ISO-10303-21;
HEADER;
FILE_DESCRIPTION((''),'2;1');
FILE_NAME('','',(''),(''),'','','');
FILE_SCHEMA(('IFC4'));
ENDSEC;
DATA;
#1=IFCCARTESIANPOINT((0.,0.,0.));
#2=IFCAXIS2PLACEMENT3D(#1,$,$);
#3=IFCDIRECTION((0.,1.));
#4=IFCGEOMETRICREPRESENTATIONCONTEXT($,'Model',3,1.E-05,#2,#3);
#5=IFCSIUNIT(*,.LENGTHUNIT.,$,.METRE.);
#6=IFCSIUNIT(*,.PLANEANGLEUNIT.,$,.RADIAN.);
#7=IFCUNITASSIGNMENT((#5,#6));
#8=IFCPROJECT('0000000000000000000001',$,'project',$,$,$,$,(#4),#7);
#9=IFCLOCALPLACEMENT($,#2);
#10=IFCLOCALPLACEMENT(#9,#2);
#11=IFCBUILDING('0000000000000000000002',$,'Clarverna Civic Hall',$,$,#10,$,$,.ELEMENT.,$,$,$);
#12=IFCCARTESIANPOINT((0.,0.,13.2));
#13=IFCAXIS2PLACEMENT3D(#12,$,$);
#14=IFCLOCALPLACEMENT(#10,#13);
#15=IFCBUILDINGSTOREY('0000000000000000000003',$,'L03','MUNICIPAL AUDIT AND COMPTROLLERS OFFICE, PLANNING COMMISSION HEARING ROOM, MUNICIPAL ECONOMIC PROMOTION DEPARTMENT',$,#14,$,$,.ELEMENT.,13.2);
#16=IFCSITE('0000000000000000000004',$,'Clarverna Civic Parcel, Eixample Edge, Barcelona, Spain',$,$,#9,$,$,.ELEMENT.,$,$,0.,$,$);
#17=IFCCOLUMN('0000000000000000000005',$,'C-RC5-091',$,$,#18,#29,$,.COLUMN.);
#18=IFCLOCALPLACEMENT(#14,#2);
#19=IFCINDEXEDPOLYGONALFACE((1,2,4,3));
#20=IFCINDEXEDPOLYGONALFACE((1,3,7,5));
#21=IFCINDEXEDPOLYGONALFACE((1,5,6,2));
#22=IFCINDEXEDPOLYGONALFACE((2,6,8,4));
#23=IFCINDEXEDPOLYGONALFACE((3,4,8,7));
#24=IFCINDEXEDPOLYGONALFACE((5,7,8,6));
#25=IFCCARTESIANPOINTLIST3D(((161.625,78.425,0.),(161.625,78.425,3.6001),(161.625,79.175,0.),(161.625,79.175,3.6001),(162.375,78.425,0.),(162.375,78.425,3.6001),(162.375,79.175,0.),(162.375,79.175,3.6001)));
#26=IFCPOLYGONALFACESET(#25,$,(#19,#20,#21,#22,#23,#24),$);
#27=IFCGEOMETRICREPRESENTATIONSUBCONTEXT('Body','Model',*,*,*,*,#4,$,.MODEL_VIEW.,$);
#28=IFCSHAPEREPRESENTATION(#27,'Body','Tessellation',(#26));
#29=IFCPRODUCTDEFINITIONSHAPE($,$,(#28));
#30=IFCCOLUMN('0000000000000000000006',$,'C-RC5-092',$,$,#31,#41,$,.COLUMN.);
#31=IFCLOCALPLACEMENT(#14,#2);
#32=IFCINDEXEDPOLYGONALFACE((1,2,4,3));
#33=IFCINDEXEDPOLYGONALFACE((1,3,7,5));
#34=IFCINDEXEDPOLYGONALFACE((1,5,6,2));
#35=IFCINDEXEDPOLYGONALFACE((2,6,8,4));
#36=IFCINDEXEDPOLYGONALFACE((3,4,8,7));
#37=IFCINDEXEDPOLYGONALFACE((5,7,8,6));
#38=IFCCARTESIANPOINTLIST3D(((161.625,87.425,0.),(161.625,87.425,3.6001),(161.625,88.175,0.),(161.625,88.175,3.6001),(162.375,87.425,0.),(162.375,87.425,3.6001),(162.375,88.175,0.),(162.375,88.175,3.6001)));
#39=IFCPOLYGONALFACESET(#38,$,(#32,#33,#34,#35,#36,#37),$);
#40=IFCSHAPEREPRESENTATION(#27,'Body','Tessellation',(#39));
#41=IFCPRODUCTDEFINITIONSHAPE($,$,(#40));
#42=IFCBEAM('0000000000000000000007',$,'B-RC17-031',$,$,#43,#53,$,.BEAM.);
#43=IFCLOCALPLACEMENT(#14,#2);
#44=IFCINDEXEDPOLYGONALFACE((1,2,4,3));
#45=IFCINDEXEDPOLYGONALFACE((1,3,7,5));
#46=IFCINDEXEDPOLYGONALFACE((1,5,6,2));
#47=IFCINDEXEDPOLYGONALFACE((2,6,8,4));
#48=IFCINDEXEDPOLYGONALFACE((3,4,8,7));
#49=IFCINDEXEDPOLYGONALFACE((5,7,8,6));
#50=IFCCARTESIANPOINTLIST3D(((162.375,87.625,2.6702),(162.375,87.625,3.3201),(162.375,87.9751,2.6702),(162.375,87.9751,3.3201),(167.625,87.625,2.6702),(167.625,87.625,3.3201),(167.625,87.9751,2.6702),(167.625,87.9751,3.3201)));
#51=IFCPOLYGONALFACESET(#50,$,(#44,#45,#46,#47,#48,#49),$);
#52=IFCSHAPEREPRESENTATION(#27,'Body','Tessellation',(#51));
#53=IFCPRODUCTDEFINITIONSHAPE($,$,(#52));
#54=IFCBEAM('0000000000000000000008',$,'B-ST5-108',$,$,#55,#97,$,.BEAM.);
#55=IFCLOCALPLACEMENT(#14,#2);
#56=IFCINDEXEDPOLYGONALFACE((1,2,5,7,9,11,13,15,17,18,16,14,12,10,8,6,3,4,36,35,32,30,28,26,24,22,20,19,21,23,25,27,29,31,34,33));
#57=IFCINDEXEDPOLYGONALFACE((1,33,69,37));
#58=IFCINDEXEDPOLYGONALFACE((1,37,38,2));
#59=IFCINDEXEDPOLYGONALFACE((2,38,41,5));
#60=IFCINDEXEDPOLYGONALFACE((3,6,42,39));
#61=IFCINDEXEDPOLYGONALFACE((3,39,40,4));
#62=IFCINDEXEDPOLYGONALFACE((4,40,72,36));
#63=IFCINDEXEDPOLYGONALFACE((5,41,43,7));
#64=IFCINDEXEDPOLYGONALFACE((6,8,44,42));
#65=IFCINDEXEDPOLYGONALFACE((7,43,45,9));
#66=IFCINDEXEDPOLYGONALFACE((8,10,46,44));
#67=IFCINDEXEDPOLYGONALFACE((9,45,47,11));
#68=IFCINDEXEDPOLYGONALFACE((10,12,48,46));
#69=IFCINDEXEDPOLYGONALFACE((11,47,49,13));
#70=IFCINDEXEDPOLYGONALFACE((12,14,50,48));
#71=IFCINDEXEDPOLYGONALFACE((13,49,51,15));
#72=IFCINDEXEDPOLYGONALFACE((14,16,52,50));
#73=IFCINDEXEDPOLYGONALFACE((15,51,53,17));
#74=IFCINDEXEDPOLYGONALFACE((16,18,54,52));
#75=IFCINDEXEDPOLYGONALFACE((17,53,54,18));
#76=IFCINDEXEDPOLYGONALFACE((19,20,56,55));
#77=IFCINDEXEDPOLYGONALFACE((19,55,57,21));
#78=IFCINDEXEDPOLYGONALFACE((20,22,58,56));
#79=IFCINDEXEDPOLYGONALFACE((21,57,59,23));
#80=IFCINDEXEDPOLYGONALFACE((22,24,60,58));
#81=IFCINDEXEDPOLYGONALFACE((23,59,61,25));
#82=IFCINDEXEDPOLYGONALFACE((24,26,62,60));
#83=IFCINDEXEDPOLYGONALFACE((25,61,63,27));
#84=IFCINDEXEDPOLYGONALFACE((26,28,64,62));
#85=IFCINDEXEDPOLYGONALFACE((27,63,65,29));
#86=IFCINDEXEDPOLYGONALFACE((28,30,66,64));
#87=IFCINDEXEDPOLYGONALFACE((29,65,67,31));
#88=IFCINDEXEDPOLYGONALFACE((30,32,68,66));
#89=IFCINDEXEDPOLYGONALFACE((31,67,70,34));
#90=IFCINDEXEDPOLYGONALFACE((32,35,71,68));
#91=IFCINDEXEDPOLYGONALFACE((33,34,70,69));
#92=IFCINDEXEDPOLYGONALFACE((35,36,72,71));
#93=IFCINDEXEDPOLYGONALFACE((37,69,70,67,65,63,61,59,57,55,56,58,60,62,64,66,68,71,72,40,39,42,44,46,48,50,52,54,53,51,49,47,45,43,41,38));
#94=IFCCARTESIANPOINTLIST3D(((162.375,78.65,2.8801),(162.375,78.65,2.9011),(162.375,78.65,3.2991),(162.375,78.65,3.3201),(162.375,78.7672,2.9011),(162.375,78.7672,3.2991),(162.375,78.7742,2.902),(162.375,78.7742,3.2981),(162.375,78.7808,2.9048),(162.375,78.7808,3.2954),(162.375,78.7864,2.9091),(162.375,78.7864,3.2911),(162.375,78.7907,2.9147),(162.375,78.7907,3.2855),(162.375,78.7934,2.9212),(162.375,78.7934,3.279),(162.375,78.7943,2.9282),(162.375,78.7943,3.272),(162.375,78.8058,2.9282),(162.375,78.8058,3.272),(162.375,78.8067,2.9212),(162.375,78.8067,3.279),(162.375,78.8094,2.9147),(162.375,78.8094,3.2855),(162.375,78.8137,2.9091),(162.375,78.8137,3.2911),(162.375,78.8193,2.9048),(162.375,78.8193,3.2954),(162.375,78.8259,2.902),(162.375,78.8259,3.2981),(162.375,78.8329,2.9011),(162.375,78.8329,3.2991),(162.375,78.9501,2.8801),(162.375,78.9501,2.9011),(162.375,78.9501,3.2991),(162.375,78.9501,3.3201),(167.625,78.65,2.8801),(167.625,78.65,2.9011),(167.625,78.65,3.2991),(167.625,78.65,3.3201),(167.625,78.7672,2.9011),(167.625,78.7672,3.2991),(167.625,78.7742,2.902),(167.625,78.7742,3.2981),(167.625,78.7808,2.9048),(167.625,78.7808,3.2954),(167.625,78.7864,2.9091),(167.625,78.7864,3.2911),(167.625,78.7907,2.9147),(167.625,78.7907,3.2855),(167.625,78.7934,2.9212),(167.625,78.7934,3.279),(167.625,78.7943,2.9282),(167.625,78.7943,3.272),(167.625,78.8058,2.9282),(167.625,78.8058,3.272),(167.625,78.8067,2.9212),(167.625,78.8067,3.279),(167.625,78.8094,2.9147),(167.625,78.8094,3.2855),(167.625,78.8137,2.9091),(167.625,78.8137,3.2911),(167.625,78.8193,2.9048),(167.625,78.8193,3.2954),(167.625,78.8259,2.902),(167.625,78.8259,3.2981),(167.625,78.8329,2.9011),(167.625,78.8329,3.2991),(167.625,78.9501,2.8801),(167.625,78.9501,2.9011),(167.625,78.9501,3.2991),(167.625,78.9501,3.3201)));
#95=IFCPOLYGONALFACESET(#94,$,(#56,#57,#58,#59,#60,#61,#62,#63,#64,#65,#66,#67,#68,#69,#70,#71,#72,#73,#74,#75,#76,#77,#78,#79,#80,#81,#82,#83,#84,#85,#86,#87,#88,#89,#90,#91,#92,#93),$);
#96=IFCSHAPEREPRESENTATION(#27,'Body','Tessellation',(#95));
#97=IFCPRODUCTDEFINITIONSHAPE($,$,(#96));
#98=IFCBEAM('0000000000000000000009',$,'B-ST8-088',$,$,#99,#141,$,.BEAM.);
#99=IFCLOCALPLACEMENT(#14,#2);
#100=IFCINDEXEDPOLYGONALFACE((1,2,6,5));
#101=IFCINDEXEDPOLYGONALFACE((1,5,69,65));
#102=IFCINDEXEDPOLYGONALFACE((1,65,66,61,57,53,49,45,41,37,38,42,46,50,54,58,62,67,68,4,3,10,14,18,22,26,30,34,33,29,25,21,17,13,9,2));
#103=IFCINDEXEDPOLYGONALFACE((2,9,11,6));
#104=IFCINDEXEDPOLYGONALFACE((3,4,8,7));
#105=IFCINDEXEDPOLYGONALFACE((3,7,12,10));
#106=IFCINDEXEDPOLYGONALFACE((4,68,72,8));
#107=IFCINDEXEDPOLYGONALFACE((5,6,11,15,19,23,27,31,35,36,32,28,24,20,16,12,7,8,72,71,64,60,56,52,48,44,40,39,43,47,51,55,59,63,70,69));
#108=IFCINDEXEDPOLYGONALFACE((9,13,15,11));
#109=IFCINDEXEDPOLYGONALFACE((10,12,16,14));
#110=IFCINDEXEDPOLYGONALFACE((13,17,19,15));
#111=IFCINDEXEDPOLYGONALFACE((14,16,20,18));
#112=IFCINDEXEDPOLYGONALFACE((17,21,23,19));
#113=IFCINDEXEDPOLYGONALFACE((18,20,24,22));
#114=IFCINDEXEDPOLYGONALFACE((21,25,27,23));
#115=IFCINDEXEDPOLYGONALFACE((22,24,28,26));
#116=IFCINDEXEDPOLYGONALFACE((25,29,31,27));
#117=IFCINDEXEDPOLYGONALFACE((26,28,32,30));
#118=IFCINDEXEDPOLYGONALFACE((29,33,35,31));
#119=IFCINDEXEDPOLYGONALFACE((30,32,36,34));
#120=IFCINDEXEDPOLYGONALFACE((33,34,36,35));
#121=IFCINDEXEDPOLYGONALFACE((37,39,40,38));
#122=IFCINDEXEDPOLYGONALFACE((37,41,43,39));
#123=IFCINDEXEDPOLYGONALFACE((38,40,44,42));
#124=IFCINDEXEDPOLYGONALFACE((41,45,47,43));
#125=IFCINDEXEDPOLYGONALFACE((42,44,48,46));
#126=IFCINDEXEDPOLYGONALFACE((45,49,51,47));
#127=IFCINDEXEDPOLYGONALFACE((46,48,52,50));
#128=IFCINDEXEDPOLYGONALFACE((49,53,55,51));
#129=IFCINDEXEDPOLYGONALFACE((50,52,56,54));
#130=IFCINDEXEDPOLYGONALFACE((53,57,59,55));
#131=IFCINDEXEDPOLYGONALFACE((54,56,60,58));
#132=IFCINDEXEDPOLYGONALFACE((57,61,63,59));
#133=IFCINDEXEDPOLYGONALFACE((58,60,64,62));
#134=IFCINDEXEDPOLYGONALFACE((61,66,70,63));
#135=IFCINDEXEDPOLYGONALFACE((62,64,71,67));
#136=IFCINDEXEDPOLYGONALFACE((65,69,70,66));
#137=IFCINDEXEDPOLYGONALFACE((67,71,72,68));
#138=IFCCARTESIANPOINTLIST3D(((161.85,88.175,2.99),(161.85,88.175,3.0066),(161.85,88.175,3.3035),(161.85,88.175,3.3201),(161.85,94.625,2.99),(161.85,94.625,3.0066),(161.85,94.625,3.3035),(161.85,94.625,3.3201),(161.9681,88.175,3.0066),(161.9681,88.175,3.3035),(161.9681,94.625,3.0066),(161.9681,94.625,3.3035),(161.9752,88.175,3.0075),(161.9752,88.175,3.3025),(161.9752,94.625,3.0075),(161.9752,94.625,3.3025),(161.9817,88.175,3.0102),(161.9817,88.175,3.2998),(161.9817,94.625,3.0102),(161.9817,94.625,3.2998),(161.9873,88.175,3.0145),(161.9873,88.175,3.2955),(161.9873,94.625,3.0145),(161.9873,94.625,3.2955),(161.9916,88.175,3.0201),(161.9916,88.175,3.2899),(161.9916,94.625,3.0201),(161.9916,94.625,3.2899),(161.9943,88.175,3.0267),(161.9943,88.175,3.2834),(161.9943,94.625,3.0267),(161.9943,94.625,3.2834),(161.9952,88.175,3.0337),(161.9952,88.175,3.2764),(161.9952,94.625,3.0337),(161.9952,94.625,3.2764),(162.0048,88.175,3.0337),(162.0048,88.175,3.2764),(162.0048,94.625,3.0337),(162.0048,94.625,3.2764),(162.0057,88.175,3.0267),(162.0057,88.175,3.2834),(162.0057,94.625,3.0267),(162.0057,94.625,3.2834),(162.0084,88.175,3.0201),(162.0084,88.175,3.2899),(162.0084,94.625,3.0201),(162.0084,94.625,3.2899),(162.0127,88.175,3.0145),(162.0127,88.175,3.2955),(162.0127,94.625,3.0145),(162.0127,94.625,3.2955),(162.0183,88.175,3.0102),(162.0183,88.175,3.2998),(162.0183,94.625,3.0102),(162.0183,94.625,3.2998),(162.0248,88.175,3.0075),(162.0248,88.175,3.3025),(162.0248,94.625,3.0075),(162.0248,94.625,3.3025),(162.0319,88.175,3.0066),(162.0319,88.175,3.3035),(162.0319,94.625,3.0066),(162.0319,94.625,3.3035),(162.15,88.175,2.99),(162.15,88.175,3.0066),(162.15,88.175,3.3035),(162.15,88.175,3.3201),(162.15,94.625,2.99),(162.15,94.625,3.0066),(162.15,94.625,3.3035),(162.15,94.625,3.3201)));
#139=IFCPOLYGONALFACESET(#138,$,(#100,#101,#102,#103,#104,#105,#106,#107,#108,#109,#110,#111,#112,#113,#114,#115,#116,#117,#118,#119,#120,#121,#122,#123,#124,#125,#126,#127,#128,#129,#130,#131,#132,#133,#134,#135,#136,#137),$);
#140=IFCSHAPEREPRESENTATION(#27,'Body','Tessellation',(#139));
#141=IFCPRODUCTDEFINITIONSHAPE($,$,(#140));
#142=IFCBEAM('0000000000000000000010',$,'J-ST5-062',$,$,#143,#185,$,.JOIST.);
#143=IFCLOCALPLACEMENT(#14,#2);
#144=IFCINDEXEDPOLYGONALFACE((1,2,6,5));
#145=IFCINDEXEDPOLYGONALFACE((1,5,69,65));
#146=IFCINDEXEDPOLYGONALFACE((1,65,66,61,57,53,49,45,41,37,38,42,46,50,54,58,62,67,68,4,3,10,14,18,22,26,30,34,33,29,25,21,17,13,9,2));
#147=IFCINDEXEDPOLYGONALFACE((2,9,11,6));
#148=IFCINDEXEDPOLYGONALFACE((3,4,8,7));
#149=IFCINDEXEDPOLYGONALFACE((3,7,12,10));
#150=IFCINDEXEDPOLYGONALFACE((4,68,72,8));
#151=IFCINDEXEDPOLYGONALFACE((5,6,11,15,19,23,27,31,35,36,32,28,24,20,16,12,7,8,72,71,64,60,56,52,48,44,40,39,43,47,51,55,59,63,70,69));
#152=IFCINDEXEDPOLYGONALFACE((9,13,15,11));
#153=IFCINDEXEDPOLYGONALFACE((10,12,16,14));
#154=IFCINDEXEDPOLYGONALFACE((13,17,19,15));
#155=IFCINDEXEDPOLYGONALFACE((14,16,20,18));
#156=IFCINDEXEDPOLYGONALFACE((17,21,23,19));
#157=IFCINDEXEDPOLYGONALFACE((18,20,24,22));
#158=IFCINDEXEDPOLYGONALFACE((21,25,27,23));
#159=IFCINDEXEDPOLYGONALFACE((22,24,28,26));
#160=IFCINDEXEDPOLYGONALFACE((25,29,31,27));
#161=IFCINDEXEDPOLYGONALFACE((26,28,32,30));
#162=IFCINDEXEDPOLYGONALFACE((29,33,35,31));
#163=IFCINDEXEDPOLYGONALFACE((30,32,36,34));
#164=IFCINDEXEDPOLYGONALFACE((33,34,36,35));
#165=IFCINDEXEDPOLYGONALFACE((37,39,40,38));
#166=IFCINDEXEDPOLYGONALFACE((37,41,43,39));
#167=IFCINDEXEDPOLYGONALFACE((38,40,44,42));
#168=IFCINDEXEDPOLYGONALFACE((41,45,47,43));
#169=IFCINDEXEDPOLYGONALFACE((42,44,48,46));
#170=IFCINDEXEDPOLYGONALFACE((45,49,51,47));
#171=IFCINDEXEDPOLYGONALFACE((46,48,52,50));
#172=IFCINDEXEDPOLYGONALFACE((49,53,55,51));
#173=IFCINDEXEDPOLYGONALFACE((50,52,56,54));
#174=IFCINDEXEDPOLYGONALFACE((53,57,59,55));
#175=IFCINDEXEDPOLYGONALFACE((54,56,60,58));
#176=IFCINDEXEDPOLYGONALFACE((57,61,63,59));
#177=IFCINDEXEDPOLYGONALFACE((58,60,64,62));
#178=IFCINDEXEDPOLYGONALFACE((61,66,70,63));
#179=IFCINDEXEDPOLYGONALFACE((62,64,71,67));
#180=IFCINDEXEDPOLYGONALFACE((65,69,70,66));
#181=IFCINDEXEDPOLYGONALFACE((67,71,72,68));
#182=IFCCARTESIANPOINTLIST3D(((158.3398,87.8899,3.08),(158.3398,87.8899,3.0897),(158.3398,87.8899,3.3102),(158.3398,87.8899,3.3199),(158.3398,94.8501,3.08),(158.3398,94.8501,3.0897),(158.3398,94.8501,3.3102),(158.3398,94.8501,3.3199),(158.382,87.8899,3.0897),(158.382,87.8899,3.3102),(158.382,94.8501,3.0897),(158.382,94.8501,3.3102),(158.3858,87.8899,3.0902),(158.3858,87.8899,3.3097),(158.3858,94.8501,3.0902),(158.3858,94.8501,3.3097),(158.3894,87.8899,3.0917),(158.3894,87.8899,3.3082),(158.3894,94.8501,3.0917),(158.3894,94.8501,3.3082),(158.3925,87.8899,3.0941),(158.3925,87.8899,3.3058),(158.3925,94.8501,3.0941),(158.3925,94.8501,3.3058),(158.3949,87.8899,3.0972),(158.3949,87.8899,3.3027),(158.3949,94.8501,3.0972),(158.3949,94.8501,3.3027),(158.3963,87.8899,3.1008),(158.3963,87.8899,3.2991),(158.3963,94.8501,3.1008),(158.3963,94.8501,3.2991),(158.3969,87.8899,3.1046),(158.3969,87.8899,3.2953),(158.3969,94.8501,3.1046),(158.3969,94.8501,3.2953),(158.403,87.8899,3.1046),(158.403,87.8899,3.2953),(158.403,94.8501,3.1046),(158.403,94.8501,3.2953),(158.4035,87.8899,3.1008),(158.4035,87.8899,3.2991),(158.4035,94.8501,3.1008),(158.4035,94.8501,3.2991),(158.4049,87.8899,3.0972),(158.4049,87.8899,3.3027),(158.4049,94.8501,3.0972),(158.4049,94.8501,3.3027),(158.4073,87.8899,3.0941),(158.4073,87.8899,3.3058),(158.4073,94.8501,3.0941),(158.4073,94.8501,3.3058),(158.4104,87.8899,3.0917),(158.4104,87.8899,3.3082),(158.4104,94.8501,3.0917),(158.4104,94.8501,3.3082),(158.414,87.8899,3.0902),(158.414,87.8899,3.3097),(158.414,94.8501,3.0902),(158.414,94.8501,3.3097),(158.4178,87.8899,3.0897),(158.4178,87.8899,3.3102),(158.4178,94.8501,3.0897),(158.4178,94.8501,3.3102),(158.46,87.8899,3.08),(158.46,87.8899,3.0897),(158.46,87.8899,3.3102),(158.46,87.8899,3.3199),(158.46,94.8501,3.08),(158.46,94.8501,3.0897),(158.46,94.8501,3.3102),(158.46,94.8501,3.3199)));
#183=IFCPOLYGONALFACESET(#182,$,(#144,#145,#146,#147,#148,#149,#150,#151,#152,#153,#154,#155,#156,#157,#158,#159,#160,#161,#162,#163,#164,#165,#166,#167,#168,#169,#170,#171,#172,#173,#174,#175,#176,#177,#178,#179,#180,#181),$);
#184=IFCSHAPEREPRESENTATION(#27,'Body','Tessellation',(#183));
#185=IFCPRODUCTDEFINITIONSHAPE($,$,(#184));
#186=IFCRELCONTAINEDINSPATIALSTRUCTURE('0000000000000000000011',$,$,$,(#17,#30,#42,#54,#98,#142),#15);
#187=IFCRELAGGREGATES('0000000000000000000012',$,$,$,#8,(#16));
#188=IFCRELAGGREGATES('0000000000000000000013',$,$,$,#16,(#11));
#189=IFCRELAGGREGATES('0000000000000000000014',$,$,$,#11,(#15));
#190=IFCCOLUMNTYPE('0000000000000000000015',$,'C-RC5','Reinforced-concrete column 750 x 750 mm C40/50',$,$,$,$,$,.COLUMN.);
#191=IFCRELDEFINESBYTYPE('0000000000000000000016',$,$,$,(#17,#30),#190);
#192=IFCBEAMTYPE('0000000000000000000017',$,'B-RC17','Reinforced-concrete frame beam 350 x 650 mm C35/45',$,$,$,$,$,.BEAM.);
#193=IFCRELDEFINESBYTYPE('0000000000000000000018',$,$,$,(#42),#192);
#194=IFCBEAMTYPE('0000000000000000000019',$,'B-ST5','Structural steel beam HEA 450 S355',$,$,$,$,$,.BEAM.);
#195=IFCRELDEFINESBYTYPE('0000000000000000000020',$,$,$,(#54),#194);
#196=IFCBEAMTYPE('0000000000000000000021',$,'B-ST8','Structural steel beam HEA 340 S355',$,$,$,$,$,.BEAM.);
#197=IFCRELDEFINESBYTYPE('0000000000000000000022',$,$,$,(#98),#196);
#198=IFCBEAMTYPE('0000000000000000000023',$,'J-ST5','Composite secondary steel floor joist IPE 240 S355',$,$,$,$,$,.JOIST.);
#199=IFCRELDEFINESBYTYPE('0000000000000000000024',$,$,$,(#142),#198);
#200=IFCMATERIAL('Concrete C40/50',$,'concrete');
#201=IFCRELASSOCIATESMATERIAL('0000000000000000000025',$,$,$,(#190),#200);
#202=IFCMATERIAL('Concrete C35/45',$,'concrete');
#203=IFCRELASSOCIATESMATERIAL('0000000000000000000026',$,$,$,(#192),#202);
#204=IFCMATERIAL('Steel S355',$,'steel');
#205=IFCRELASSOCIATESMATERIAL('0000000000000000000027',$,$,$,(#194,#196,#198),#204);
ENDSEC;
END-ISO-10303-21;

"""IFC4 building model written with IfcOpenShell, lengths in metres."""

from ifc_helpers import new_model, si_unit, direction, frame, origin, origin_2d, place, context, subcontext, project, spatial, rectangle, i_section, extrude, material, material_profile, profile_set, type_object, element, save


model = new_model("IFC4")

# Units and contexts
model_context = context("Model", 3, precision=1e-05, world=origin(), true_north=direction((0.0, 1.0)))
body_context = subcontext(model_context, "Body", "Model", "MODEL_VIEW")
ifc_project = project(units=[si_unit("LENGTHUNIT", "METRE"), si_unit("PLANEANGLEUNIT", "RADIAN")], contexts=[model_context])

# Site, building, storey
site_placement = place(None, origin())
site = spatial("IfcSite", under=ifc_project, at=site_placement, Name="Clarverna Civic Parcel, Eixample Edge, Barcelona, Spain", CompositionType="ELEMENT", RefElevation=0.0)
building_placement = place(site_placement, origin())
building = spatial("IfcBuilding", under=site, at=building_placement, Name="Clarverna Civic Hall", CompositionType="ELEMENT")
storey_placement = place(building_placement, frame((0.0, 0.0, 13.2)))
storey = spatial("IfcBuildingStorey", under=building, at=storey_placement, Name="L03", Description="MUNICIPAL AUDIT AND COMPTROLLERS OFFICE, PLANNING COMMISSION HEARING ROOM, MUNICIPAL ECONOMIC PROMOTION DEPARTMENT", CompositionType="ELEMENT", Elevation=13.2)

# Columns
ifc_material_1 = material(Name="Concrete C40/50", Category="concrete")
ifc_material_profile_1 = material_profile(ifc_material_1, rectangle(XDim=0.75, YDim=0.75, at=origin_2d()), Name="RC 750x750")
ifc_profile_set_1 = profile_set([ifc_material_profile_1], Name="Concrete C40/50")
column_type = type_object("IfcColumnType", Name="C-RC5", Description="Reinforced-concrete column 750 x 750 mm C40/50", PredefinedType="COLUMN", material=ifc_profile_set_1)
for number, where, z_axis, x_axis, name in (
    (1, (162.0, 78.8, 0.0), (0.0, 0.0, 1.0), (1.0, 0.0, 0.0), "C-RC5-091"),
    (2, (162.0, 87.8, 0.0), (0.0, 0.0, 1.0), (1.0, 0.0, 0.0), "C-RC5-092"),
):
    element("IfcColumn", number, at=place(storey_placement, frame(where, z_axis=z_axis, x_axis=x_axis)), inside=storey, type_object=column_type, Name=name, PredefinedType="COLUMN", context=body_context, shape_type="SweptSolid", body=[
        extrude(rectangle(XDim=0.75, YDim=0.75, at=origin_2d()), origin(), (0.0, 0.0, 1.0), 3.6001),
    ])

# Beams
ifc_material_2 = material(Name="Concrete C35/45", Category="concrete")
ifc_material_profile_2 = material_profile(ifc_material_2, rectangle(XDim=0.3501, YDim=0.6499, at=origin_2d()), Name="RC 350x650")
ifc_profile_set_2 = profile_set([ifc_material_profile_2], Name="Concrete C35/45")
beam_type_1 = type_object("IfcBeamType", Name="B-RC17", Description="Reinforced-concrete frame beam 350 x 650 mm C35/45", PredefinedType="BEAM", material=ifc_profile_set_2)
beam_1_placement = place(storey_placement, frame((162.375, 87.8, 2.9951), z_axis=(1.0, 0.0, 0.0), x_axis=(0.0, 1.0, 0.0)))
element("IfcBeam", 3, at=beam_1_placement, inside=storey, type_object=beam_type_1, Name="B-RC17-031", PredefinedType="BEAM", context=body_context, shape_type="SweptSolid", body=[
    extrude(rectangle(XDim=0.3501, YDim=0.6499, at=origin_2d()), origin(), (0.0, 0.0, 1.0), 5.25),
])
ifc_material_3 = material(Name="Steel S355", Category="steel")
ifc_material_profile_3 = material_profile(ifc_material_3, i_section(OverallWidth=0.3, OverallDepth=0.4399, WebThickness=0.0115, FlangeThickness=0.021, FilletRadius=0.0271, at=origin_2d()), Name="HEA 450")
ifc_profile_set_3 = profile_set([ifc_material_profile_3], Name="Steel S355")
beam_type_2 = type_object("IfcBeamType", Name="B-ST5", Description="Structural steel beam HEA 450 S355", PredefinedType="BEAM", material=ifc_profile_set_3)
beam_2_placement = place(storey_placement, frame((162.375, 78.8, 3.1001), z_axis=(1.0, 0.0, 0.0), x_axis=(0.0, 1.0, 0.0)))
element("IfcBeam", 4, at=beam_2_placement, inside=storey, type_object=beam_type_2, Name="B-ST5-108", PredefinedType="BEAM", context=body_context, shape_type="SweptSolid", body=[
    extrude(i_section(OverallWidth=0.3, OverallDepth=0.4399, WebThickness=0.0115, FlangeThickness=0.021, FilletRadius=0.0271, at=origin_2d()), origin(), (0.0, 0.0, 1.0), 5.25),
])
ifc_material_profile_4 = material_profile(ifc_material_3, i_section(OverallWidth=0.3, OverallDepth=0.3301, WebThickness=0.0095, FlangeThickness=0.0166, FilletRadius=0.0271, at=origin_2d()), Name="HEA 340")
ifc_profile_set_4 = profile_set([ifc_material_profile_4], Name="Steel S355")
beam_type_3 = type_object("IfcBeamType", Name="B-ST8", Description="Structural steel beam HEA 340 S355", PredefinedType="BEAM", material=ifc_profile_set_4)
beam_3_placement = place(storey_placement, frame((162.0, 88.175, 3.155), z_axis=(0.0, 1.0, 0.0), x_axis=(-1.0, 0.0, 0.0)))
element("IfcBeam", 5, at=beam_3_placement, inside=storey, type_object=beam_type_3, Name="B-ST8-088", PredefinedType="BEAM", context=body_context, shape_type="SweptSolid", body=[
    extrude(i_section(OverallWidth=0.3, OverallDepth=0.3301, WebThickness=0.0095, FlangeThickness=0.0166, FilletRadius=0.0271, at=origin_2d()), origin(), (0.0, 0.0, 1.0), 6.45),
])
ifc_material_profile_5 = material_profile(ifc_material_3, i_section(OverallWidth=0.1201, OverallDepth=0.24, WebThickness=0.0061, FlangeThickness=0.0098, FilletRadius=0.0149, at=origin_2d()), Name="IPE 240")
ifc_profile_set_5 = profile_set([ifc_material_profile_5], Name="Steel S355")
beam_type_4 = type_object("IfcBeamType", Name="J-ST5", Description="Composite secondary steel floor joist IPE 240 S355", PredefinedType="JOIST", material=ifc_profile_set_5)
beam_4_placement = place(storey_placement, frame((158.3999, 87.8899, 3.2), z_axis=(0.0, 1.0, 0.0), x_axis=(-1.0, 0.0, 0.0)))
element("IfcBeam", 6, at=beam_4_placement, inside=storey, type_object=beam_type_4, Name="J-ST5-062", PredefinedType="JOIST", context=body_context, shape_type="SweptSolid", body=[
    extrude(i_section(OverallWidth=0.1201, OverallDepth=0.24, WebThickness=0.0061, FlangeThickness=0.0098, FilletRadius=0.0149, at=origin_2d()), origin(), (0.0, 0.0, 1.0), 6.9602),
])

save(model, "model.ifc")
